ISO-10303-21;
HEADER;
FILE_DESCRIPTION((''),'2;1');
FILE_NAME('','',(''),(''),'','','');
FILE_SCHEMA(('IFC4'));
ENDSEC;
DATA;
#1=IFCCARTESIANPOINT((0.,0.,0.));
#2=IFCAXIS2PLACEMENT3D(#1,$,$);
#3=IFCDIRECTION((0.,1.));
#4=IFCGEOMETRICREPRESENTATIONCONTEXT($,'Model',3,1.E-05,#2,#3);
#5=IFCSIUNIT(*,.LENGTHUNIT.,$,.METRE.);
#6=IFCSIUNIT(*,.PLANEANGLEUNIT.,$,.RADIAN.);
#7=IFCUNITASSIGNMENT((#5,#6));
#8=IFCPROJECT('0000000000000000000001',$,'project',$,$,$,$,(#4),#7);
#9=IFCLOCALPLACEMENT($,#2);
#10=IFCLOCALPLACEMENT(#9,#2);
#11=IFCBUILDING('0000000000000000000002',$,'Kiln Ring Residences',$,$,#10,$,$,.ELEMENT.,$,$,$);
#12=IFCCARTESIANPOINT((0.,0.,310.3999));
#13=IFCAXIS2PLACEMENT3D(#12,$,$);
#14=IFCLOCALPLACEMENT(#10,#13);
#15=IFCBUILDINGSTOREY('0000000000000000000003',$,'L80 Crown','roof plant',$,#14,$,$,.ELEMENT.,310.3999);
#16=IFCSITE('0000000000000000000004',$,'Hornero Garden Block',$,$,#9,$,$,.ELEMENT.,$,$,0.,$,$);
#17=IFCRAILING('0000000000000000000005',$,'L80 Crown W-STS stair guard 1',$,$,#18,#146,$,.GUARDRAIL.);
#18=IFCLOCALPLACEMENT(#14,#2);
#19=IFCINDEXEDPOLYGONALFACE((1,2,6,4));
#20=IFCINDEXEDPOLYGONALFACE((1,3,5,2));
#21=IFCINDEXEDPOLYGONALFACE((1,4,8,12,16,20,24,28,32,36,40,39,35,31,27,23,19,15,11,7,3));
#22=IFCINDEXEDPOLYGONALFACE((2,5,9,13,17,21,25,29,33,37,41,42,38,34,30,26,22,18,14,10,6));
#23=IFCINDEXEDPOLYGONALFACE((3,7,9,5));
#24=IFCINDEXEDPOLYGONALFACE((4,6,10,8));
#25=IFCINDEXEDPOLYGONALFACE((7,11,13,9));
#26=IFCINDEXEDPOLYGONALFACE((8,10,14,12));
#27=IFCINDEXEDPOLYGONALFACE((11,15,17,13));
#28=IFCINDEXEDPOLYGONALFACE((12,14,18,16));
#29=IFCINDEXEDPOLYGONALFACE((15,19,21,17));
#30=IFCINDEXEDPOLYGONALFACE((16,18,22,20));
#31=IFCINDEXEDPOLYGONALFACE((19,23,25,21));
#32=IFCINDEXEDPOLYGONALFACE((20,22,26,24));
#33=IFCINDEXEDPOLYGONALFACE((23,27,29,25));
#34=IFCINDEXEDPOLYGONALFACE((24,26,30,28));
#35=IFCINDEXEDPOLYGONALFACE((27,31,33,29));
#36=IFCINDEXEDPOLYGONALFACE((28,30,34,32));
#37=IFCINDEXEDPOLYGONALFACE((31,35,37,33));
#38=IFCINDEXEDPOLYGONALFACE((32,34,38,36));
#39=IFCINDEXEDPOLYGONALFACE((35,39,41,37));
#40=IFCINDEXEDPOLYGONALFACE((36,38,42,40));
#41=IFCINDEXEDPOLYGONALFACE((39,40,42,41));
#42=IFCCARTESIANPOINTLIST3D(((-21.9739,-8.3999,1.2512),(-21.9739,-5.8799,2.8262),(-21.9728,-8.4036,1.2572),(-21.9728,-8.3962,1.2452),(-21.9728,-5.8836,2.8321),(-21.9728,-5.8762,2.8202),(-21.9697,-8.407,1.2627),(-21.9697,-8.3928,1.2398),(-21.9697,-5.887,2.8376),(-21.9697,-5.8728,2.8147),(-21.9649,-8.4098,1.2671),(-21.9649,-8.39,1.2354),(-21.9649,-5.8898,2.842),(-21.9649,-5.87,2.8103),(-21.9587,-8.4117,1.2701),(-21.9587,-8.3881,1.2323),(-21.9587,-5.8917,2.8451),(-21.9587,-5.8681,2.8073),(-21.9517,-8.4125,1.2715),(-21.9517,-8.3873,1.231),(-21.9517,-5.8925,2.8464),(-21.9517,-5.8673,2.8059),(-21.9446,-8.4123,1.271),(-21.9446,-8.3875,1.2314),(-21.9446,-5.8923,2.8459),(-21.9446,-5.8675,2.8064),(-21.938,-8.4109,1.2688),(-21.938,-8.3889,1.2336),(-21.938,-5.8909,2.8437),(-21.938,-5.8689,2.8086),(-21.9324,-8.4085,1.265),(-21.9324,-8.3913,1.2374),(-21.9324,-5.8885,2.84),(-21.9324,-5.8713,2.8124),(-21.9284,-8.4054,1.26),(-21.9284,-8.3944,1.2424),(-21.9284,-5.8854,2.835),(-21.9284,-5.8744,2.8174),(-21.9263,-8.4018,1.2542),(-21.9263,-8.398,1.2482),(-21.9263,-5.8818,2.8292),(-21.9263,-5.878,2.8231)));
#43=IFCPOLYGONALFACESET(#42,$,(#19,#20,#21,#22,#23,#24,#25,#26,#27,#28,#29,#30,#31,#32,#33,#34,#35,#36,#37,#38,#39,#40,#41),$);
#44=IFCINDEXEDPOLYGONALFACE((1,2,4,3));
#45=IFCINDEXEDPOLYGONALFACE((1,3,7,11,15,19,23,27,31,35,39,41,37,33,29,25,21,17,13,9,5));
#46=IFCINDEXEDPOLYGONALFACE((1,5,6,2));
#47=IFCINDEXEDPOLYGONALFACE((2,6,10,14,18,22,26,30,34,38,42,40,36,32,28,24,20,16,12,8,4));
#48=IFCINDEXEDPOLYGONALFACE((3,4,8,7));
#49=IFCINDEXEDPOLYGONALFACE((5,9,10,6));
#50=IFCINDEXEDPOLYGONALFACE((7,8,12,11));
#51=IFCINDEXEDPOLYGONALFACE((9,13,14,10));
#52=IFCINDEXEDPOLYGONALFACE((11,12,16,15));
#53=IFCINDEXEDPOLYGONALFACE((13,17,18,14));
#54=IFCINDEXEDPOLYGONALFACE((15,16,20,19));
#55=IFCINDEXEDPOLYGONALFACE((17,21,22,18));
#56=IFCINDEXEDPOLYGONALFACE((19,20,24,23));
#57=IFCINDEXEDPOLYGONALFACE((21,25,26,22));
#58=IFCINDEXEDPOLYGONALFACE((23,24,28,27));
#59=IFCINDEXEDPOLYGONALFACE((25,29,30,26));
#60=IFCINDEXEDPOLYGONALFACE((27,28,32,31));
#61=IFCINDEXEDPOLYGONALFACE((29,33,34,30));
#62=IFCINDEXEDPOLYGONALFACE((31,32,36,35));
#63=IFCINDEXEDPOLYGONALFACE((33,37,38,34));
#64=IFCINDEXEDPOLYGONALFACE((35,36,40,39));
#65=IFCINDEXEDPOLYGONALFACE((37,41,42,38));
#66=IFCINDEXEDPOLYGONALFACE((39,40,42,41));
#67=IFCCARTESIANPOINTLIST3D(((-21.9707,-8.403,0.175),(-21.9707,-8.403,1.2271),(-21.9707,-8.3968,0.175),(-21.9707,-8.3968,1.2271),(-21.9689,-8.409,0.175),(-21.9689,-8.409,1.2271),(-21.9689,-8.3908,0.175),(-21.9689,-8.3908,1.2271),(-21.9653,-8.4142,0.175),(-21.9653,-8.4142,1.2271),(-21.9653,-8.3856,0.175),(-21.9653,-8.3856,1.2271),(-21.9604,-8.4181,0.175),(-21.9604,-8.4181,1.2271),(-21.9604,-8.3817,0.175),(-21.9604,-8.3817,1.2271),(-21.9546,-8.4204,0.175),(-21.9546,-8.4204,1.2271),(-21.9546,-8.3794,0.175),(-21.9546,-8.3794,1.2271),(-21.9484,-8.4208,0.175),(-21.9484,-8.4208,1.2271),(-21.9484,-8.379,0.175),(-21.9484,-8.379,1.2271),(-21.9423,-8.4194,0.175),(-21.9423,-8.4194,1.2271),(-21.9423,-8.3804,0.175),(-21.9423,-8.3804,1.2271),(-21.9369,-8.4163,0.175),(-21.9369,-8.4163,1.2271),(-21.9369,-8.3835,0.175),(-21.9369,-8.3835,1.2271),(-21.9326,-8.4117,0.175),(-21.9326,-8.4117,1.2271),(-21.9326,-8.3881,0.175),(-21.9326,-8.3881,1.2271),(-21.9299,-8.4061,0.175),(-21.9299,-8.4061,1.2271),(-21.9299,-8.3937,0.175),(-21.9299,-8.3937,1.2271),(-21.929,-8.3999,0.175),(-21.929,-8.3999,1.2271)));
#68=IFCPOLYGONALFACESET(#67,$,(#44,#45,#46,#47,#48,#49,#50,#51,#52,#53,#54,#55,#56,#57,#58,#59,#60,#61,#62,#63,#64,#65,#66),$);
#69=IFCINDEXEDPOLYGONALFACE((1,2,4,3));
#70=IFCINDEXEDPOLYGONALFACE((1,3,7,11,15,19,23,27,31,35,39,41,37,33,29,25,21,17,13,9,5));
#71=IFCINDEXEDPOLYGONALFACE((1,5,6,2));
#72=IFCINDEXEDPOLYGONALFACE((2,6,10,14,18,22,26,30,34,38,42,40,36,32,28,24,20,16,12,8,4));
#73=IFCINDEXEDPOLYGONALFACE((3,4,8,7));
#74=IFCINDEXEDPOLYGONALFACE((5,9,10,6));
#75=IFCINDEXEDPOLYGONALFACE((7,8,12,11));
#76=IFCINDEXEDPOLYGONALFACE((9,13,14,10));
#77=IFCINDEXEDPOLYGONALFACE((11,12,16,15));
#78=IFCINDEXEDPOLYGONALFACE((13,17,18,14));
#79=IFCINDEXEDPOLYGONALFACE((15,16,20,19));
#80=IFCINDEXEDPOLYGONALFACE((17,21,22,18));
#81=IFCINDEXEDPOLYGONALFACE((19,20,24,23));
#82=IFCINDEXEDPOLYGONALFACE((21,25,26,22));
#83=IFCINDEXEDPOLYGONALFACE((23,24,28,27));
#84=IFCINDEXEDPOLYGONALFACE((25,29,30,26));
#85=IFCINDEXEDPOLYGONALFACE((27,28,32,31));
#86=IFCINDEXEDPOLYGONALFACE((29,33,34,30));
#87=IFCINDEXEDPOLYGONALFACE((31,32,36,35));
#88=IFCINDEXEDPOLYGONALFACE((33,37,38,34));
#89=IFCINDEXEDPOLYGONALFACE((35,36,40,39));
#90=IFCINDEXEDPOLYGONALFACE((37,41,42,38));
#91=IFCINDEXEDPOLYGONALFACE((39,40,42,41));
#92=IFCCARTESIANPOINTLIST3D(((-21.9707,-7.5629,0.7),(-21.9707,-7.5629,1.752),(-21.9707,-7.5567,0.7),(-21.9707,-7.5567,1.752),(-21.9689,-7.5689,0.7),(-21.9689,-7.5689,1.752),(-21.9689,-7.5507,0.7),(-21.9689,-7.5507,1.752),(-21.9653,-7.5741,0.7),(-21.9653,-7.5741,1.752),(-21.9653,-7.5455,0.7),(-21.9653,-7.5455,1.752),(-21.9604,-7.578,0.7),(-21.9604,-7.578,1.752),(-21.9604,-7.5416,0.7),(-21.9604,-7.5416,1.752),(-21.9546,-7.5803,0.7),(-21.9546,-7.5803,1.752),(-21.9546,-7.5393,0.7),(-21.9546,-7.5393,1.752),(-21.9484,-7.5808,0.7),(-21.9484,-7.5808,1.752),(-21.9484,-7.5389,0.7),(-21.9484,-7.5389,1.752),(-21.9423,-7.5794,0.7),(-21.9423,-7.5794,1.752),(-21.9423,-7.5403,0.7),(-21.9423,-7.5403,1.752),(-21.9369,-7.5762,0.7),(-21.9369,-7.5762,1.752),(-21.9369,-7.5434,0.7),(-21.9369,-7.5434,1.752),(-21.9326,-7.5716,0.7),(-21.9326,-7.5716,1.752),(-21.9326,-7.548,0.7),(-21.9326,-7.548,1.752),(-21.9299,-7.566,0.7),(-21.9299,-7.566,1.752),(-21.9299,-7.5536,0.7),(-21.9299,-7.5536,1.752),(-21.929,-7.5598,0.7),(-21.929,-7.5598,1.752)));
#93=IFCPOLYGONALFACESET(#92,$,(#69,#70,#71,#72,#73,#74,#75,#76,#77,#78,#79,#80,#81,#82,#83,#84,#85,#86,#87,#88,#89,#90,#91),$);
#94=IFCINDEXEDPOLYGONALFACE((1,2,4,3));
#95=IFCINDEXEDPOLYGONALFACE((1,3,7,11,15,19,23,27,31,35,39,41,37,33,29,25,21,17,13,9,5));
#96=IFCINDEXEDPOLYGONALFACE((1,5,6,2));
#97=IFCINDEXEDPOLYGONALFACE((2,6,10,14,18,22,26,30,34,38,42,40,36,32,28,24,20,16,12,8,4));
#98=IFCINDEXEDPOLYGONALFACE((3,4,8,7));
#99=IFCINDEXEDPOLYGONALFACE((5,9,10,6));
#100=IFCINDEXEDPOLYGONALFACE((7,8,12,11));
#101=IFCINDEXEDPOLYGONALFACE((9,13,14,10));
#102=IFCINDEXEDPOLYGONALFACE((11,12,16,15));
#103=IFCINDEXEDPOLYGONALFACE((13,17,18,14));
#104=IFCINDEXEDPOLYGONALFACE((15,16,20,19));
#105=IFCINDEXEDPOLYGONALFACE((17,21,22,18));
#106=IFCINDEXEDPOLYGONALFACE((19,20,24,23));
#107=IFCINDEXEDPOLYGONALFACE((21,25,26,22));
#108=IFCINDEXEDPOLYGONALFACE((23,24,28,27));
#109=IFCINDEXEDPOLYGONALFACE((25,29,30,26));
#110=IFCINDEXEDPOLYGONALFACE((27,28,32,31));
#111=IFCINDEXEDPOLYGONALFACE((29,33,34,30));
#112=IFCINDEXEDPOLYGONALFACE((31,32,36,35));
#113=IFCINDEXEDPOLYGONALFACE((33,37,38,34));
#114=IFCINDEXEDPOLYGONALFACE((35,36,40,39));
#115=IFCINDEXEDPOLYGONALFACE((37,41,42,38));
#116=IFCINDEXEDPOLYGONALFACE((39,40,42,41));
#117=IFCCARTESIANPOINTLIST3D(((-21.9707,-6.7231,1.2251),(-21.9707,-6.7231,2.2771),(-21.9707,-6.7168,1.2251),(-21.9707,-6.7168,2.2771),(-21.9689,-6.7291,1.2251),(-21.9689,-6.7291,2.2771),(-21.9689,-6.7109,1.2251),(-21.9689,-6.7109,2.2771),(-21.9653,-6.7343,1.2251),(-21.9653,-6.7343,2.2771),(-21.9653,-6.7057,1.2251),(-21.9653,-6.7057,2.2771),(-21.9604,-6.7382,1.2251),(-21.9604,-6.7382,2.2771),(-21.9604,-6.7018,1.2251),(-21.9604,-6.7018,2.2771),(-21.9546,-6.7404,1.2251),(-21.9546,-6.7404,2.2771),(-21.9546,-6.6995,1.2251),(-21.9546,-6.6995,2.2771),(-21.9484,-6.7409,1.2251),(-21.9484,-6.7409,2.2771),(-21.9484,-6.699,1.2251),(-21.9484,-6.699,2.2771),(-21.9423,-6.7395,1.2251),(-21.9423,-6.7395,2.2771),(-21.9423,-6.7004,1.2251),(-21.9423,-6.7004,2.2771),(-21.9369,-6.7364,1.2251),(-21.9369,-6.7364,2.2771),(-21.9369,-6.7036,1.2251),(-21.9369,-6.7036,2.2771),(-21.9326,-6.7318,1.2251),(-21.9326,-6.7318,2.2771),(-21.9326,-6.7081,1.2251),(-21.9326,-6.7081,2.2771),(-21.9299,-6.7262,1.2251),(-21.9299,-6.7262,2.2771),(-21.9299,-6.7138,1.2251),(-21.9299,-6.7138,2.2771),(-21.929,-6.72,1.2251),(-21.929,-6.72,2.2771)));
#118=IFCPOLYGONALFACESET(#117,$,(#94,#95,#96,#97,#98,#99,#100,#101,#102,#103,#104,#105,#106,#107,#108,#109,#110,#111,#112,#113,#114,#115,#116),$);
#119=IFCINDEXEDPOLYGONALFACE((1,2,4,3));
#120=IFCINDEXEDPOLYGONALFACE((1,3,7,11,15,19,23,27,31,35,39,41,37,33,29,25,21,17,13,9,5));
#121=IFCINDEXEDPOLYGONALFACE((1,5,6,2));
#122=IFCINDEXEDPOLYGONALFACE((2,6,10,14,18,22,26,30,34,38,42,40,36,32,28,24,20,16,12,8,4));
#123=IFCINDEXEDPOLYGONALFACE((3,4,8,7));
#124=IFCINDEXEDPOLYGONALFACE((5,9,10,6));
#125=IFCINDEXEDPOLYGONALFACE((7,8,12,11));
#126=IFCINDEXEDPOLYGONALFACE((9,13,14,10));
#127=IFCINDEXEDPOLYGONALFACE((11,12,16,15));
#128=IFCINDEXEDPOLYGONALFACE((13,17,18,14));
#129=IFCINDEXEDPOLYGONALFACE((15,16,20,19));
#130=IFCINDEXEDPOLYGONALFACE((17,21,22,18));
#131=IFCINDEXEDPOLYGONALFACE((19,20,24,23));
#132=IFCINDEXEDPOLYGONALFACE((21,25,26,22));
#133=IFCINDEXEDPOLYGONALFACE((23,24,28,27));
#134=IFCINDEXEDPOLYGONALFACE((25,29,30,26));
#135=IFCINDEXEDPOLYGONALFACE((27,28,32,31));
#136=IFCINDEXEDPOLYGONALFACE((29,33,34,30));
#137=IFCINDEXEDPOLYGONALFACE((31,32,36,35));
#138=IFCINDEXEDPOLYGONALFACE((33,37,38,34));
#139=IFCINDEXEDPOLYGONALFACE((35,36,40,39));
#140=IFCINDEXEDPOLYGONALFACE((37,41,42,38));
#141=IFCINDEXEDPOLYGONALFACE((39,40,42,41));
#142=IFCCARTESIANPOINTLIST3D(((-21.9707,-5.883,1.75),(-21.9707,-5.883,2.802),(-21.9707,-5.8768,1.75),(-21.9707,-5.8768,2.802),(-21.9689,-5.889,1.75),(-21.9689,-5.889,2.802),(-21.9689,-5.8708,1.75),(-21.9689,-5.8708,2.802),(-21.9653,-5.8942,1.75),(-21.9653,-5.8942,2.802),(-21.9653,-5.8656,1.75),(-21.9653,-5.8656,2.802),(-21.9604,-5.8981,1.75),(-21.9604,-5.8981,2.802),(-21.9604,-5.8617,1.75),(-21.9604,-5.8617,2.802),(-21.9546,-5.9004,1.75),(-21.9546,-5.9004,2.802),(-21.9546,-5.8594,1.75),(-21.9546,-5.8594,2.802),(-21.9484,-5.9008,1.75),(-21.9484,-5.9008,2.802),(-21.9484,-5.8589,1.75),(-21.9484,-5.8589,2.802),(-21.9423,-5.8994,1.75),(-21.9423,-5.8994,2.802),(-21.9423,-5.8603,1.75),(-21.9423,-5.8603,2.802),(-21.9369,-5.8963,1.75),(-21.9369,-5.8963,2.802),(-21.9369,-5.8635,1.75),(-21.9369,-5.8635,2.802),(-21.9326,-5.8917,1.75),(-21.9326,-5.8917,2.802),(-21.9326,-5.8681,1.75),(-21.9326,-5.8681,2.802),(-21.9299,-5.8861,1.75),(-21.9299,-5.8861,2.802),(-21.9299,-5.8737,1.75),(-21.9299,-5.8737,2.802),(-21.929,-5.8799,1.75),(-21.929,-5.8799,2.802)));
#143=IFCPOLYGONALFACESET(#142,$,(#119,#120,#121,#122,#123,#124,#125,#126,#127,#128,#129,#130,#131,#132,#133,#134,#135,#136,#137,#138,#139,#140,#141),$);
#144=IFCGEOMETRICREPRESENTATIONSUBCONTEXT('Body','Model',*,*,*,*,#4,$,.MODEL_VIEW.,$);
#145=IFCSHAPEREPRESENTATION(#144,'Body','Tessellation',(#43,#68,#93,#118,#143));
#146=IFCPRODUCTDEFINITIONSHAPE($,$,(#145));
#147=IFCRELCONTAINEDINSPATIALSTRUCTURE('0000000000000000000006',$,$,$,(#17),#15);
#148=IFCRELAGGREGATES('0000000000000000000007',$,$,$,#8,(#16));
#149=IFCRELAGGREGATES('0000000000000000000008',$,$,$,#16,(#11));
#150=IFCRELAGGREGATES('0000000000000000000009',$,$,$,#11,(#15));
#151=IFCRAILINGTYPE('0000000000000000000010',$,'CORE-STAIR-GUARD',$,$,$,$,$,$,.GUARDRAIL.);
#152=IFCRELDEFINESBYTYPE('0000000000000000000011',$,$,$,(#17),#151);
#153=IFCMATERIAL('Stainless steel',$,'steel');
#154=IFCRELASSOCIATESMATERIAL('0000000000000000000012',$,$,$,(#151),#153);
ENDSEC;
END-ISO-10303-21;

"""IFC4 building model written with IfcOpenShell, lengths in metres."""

from ifc_helpers import new_model, si_unit, direction, frame, origin, origin_2d, place, context, subcontext, project, spatial, circle, extrude, material, type_object, element, save


model = new_model("IFC4")

# Units and contexts
model_context = context("Model", 3, precision=1e-05, world=origin(), true_north=direction((0.0, 1.0)))
body_context = subcontext(model_context, "Body", "Model", "MODEL_VIEW")
ifc_project = project(units=[si_unit("LENGTHUNIT", "METRE"), si_unit("PLANEANGLEUNIT", "RADIAN")], contexts=[model_context])

# Site, building, storey
site_placement = place(None, origin())
site = spatial("IfcSite", under=ifc_project, at=site_placement, Name="Hornero Garden Block", CompositionType="ELEMENT", RefElevation=0.0)
building_placement = place(site_placement, origin())
building = spatial("IfcBuilding", under=site, at=building_placement, Name="Kiln Ring Residences", CompositionType="ELEMENT")
storey_placement = place(building_placement, frame((0.0, 0.0, 310.3999)))
storey = spatial("IfcBuildingStorey", under=building, at=storey_placement, Name="L80 Crown", Description="roof plant", CompositionType="ELEMENT", Elevation=310.3999)

# Railing
ifc_material_1 = material(Name="Stainless steel", Category="steel")
railing_type_1 = type_object("IfcRailingType", Name="CORE-STAIR-GUARD", PredefinedType="GUARDRAIL", material=ifc_material_1)
railing_1_placement = place(storey_placement, frame((-21.95, -8.3999, 0.175)))
element("IfcRailing", 1, at=railing_1_placement, inside=storey, type_object=railing_type_1, Name="L80 Crown W-STS stair guard 1", PredefinedType="GUARDRAIL", context=body_context, shape_type="SweptSolid", body=[
    extrude(circle(Radius=0.0239, at=origin_2d()), frame((0.0, 0.0, 1.0762), z_axis=(0.0, 0.848008, 0.529984), x_axis=(-1.0, 0.0, 0.0)), (0.0, 0.0, 1.0), 2.9717),
    extrude(circle(Radius=0.021, at=origin_2d()), origin(), (0.0, 0.0, 1.0), 1.052),
    extrude(circle(Radius=0.021, at=origin_2d()), frame((0.0, 0.8401, 0.5249)), (0.0, 0.0, 1.0), 1.052),
    extrude(circle(Radius=0.021, at=origin_2d()), frame((0.0, 1.6799, 1.05)), (0.0, 0.0, 1.0), 1.052),
    extrude(circle(Radius=0.021, at=origin_2d()), frame((0.0, 2.52, 1.575)), (0.0, 0.0, 1.0), 1.052),
])

save(model, "model.ifc")
